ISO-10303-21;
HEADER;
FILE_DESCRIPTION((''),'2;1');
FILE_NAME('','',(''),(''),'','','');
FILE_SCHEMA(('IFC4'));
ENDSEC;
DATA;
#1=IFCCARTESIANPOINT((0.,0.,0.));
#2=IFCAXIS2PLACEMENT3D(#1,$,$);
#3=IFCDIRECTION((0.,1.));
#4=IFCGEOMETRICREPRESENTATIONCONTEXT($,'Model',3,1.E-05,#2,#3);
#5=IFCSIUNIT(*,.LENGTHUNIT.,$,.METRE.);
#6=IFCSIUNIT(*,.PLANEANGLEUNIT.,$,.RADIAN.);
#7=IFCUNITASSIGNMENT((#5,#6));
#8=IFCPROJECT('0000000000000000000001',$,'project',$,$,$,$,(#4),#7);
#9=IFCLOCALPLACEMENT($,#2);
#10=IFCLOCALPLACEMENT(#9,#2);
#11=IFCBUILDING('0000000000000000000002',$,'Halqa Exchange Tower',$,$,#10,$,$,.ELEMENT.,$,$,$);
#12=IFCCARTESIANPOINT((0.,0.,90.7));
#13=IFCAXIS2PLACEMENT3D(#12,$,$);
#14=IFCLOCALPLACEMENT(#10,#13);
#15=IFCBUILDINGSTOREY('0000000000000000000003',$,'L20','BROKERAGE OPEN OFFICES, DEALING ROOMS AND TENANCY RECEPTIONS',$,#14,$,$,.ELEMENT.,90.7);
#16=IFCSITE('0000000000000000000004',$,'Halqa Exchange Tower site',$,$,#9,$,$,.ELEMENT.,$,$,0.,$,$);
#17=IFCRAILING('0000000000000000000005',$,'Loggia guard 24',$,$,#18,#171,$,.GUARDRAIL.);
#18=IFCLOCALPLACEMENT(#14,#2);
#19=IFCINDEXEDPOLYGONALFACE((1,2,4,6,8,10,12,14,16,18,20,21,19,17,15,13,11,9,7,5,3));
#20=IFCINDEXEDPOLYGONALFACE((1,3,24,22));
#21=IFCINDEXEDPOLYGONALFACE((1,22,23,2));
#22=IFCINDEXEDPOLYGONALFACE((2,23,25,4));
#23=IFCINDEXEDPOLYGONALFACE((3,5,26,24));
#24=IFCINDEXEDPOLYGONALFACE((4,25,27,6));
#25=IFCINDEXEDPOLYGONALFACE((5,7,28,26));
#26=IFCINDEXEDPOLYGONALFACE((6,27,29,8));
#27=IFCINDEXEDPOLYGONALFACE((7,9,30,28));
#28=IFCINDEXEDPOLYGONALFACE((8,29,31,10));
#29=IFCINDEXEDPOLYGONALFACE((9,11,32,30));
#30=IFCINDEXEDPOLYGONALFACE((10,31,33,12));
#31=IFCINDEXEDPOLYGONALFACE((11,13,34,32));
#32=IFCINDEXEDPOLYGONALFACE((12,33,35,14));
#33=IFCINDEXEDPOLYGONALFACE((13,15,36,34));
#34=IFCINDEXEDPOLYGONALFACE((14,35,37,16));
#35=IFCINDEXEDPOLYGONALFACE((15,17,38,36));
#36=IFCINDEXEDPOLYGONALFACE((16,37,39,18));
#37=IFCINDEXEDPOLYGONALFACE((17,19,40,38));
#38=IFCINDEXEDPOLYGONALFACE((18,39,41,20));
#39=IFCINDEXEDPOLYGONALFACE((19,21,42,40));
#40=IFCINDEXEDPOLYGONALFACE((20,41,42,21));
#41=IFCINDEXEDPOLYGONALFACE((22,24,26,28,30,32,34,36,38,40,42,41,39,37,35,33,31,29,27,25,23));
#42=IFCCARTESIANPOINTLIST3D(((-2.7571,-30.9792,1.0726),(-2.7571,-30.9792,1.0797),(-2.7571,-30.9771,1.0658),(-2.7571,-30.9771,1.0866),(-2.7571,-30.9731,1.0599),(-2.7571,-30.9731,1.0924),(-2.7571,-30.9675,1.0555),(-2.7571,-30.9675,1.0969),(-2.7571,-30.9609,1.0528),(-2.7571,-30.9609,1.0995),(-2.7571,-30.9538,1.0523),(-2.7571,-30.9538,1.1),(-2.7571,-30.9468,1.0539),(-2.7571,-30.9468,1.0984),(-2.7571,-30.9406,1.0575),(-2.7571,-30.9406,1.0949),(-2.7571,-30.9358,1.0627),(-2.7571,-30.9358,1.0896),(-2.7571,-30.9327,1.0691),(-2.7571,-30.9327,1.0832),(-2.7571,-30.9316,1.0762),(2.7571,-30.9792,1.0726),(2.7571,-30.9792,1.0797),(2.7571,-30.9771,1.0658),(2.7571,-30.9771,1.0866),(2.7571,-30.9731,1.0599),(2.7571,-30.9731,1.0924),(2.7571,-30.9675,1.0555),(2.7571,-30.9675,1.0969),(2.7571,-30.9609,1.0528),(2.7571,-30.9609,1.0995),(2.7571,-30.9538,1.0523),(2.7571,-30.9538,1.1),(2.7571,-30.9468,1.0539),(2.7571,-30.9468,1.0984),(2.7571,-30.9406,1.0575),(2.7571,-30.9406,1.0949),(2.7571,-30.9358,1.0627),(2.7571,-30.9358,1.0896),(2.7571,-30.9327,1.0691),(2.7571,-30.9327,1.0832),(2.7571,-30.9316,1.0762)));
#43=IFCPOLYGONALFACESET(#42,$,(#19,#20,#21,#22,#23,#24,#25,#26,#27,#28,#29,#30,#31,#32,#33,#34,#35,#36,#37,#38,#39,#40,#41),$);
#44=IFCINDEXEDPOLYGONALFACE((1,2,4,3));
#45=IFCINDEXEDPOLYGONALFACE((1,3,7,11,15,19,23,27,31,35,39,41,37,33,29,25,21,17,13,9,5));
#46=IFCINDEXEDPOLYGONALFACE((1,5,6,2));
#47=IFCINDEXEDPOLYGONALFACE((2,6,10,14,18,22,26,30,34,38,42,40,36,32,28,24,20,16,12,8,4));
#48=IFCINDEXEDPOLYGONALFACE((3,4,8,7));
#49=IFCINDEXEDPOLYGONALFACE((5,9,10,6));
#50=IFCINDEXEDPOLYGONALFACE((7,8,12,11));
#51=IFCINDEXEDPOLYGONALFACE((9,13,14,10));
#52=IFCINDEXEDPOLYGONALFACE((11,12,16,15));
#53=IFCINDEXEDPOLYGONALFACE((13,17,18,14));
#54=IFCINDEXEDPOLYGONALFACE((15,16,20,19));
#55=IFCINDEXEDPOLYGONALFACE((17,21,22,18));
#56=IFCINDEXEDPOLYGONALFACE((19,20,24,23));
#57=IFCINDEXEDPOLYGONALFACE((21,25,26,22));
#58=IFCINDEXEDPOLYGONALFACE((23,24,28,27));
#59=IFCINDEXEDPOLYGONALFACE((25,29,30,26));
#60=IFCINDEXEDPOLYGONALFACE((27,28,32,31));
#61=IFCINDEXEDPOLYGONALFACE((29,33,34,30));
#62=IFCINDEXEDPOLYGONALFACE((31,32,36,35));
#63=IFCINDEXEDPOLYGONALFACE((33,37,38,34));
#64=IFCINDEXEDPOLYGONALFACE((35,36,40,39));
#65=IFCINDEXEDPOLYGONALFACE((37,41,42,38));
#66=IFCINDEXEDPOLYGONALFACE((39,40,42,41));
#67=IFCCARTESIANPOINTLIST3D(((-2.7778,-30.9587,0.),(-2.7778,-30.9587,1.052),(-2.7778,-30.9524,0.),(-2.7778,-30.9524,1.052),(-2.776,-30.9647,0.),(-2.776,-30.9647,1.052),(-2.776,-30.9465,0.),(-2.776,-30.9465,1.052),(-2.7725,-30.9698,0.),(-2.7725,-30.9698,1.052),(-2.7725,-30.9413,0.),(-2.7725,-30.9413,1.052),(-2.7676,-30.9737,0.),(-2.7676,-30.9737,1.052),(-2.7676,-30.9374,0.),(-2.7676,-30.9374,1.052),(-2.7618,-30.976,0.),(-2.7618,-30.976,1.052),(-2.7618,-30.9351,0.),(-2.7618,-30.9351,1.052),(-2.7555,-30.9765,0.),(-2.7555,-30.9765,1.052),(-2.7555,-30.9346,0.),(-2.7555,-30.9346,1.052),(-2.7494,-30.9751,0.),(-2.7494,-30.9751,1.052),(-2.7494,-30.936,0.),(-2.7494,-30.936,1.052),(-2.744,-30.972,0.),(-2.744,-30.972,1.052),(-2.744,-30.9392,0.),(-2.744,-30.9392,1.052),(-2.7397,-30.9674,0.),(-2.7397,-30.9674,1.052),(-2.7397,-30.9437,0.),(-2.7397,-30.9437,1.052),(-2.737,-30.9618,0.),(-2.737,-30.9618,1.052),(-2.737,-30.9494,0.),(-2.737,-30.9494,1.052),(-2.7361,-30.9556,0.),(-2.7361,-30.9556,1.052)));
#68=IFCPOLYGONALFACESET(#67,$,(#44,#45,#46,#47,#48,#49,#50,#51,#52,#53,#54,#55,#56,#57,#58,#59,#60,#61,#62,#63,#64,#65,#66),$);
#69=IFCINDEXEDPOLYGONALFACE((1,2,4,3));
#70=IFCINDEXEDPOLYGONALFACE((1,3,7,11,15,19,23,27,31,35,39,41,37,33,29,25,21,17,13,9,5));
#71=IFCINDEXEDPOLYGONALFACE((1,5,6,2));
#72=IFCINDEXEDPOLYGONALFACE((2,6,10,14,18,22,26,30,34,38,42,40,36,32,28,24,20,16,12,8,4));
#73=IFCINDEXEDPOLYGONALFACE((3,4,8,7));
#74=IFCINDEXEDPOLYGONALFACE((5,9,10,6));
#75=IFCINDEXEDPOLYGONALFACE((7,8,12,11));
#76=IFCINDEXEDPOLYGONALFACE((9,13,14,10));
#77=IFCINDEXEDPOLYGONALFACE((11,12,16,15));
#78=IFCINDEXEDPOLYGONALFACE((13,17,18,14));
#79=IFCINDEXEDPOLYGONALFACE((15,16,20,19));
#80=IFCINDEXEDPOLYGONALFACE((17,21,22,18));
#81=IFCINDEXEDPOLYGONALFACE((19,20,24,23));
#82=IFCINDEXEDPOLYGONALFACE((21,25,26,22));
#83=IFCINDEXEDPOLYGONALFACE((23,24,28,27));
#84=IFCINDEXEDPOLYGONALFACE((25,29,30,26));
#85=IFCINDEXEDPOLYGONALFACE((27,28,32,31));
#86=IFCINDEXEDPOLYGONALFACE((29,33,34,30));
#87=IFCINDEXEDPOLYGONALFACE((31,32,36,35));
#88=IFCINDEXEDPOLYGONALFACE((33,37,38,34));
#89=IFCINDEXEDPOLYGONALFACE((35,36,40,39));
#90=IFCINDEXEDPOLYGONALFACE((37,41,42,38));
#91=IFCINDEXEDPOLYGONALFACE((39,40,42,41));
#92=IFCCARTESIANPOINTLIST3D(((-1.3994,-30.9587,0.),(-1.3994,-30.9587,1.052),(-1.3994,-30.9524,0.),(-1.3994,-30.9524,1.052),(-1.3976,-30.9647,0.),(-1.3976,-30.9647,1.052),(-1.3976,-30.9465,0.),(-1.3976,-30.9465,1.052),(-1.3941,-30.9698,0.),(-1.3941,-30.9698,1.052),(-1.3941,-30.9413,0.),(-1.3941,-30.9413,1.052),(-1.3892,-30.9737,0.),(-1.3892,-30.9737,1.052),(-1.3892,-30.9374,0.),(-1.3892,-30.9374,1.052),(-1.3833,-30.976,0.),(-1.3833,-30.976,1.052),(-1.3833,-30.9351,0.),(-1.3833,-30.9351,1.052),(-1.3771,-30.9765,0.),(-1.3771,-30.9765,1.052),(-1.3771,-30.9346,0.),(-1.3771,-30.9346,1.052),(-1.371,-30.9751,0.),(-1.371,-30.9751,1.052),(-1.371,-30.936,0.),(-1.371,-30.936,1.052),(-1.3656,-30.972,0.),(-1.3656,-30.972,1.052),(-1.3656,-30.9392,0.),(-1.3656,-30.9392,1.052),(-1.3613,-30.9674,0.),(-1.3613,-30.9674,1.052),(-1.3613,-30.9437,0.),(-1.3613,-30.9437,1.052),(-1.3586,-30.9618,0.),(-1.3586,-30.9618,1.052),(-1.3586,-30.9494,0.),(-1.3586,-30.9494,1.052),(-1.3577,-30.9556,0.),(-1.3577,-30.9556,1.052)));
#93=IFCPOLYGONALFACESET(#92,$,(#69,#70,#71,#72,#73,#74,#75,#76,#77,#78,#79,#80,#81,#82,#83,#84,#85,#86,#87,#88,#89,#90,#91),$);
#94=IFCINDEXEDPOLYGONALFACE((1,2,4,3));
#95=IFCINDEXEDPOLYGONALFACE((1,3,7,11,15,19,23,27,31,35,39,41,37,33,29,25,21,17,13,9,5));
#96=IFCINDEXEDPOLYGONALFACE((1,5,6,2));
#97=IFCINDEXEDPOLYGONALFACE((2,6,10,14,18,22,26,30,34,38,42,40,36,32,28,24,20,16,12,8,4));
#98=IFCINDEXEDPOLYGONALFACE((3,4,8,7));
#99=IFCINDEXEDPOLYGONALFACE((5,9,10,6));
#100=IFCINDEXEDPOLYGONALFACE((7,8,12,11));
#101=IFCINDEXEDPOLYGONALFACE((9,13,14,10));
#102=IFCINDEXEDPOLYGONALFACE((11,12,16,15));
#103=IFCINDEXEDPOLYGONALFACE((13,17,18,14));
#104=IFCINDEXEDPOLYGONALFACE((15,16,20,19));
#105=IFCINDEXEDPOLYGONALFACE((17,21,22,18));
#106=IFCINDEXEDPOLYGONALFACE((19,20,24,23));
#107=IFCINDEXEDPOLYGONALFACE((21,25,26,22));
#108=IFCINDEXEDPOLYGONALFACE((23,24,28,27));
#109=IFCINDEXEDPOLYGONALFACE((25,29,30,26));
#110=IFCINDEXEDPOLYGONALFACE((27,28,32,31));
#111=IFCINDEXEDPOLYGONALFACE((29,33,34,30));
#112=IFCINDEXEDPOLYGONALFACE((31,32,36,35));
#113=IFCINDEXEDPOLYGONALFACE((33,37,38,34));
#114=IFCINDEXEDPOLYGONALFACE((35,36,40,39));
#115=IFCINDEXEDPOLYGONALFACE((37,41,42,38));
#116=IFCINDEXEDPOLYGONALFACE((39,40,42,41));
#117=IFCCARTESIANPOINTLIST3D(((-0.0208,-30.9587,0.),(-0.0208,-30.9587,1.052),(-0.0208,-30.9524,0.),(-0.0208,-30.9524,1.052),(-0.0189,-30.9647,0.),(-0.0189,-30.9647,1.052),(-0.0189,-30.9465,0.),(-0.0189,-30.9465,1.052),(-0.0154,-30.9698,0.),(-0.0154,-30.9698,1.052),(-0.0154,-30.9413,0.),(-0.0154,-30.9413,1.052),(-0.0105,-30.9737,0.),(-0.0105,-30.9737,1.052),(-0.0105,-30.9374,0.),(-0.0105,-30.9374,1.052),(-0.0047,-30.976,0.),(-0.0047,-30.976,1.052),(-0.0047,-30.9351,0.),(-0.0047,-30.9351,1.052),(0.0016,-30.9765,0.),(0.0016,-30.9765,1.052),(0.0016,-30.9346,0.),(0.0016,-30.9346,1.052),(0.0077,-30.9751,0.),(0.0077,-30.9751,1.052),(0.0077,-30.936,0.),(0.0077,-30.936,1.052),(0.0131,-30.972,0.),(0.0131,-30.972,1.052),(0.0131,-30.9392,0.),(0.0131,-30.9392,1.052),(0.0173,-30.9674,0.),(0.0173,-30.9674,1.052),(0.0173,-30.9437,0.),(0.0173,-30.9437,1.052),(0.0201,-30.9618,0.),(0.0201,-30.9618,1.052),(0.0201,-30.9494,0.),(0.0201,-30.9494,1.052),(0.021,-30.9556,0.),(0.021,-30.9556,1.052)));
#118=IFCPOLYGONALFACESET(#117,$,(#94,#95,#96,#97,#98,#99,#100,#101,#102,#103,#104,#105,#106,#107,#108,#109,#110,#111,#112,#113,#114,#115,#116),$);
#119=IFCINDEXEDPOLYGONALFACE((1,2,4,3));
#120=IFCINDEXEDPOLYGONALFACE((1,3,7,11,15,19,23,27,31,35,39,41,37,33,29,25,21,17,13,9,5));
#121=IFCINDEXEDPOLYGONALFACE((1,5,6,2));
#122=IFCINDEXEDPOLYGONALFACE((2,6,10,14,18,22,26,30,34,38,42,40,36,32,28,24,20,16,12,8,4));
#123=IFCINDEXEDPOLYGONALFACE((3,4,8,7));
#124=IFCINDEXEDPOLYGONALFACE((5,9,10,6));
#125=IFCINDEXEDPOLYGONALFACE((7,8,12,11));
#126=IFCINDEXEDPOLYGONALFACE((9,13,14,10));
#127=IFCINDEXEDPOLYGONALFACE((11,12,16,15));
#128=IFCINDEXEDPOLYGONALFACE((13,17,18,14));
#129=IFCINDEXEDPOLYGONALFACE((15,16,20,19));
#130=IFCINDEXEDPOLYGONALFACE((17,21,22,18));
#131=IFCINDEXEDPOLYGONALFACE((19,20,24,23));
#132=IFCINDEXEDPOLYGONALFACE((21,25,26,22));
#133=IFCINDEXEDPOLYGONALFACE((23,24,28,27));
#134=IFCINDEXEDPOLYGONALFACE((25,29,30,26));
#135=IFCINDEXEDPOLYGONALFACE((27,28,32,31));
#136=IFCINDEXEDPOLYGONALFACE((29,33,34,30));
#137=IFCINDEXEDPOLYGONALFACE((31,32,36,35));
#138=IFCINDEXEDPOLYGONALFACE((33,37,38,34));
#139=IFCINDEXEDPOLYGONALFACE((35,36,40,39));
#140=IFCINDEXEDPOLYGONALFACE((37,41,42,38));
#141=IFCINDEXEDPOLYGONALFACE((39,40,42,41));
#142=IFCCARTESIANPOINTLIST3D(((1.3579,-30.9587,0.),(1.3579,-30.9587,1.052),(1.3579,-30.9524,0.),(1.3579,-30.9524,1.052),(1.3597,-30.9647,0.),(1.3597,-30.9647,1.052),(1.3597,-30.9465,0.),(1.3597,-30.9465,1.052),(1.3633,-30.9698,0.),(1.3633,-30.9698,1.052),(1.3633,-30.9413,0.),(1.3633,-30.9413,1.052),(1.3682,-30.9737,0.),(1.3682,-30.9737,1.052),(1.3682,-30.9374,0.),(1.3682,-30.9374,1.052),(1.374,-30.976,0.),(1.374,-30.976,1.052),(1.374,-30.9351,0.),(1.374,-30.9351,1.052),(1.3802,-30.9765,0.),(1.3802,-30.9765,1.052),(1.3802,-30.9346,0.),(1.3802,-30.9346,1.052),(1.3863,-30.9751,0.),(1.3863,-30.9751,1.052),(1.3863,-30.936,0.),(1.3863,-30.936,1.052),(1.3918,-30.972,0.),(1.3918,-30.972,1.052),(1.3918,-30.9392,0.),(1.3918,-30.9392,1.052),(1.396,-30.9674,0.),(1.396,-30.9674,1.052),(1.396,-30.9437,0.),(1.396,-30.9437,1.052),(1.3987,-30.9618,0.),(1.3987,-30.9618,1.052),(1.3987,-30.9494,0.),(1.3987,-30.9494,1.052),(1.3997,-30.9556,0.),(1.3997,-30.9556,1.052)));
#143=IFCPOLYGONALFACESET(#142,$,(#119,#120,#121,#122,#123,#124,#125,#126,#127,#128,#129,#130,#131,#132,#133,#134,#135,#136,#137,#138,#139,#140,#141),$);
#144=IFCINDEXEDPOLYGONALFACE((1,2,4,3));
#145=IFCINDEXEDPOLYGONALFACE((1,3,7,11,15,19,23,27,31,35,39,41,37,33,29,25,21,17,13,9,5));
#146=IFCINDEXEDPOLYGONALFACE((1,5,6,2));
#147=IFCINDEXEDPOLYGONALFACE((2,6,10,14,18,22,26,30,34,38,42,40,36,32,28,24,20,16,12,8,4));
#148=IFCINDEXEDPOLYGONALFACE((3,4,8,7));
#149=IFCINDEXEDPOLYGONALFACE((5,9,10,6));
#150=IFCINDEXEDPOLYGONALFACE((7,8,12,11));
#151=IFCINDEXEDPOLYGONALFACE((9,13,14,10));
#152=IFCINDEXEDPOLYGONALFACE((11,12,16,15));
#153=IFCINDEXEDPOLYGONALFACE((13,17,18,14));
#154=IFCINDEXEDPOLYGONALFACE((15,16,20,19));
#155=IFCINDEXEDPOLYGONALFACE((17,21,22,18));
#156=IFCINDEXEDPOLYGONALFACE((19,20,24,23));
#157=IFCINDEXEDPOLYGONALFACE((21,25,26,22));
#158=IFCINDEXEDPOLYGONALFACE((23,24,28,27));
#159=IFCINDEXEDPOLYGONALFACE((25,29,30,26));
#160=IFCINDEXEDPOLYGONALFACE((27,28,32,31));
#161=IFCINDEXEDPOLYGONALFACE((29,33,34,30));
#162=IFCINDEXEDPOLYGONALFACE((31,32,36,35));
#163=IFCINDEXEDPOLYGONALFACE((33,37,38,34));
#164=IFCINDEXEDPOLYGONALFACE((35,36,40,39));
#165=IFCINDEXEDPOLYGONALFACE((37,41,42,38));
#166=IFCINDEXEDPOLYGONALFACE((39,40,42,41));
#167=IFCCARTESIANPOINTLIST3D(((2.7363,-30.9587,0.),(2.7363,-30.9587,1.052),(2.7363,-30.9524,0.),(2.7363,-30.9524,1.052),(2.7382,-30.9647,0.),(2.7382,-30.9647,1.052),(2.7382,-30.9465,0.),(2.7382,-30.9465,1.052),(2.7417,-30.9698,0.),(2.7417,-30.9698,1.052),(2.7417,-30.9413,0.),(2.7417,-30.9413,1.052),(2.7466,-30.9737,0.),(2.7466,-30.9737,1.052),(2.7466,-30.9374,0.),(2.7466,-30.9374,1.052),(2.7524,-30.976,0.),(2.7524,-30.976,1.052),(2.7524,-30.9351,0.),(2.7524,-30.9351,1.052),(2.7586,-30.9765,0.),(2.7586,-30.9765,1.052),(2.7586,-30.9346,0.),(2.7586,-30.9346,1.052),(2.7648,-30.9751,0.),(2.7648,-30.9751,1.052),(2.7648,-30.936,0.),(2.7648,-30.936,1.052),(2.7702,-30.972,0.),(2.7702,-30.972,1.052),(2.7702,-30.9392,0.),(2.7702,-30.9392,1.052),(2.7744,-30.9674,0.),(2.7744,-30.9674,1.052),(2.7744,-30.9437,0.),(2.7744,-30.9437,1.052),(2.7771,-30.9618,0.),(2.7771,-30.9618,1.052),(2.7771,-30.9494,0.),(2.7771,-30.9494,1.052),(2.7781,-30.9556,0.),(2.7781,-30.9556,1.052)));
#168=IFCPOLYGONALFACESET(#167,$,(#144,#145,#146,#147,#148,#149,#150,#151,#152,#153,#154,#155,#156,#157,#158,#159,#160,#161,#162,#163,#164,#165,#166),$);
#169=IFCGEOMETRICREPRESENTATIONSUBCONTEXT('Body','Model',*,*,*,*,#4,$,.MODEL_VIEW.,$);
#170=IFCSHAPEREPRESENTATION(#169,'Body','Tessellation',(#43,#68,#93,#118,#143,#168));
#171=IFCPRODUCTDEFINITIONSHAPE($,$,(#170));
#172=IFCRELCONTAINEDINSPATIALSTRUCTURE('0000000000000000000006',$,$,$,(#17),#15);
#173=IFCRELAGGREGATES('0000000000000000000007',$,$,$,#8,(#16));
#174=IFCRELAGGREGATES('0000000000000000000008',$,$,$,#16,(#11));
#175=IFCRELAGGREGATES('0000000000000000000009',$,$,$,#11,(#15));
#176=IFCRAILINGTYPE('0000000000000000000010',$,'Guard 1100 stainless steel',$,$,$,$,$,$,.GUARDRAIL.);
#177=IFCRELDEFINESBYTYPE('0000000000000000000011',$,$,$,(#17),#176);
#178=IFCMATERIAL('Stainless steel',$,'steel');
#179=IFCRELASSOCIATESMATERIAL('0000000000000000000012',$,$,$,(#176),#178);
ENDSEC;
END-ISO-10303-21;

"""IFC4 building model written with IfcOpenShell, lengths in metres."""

from ifc_helpers import new_model, si_unit, direction, frame, origin, origin_2d, place, context, subcontext, project, spatial, circle, extrude, material, type_object, element, save


model = new_model("IFC4")

# Units and contexts
model_context = context("Model", 3, precision=1e-05, world=origin(), true_north=direction((0.0, 1.0)))
body_context = subcontext(model_context, "Body", "Model", "MODEL_VIEW")
ifc_project = project(units=[si_unit("LENGTHUNIT", "METRE"), si_unit("PLANEANGLEUNIT", "RADIAN")], contexts=[model_context])

# Site, building, storey
site_placement = place(None, origin())
site = spatial("IfcSite", under=ifc_project, at=site_placement, Name="Halqa Exchange Tower site", CompositionType="ELEMENT", RefElevation=0.0)
building_placement = place(site_placement, origin())
building = spatial("IfcBuilding", under=site, at=building_placement, Name="Halqa Exchange Tower", CompositionType="ELEMENT")
storey_placement = place(building_placement, frame((0.0, 0.0, 90.7)))
storey = spatial("IfcBuildingStorey", under=building, at=storey_placement, Name="L20", Description="BROKERAGE OPEN OFFICES, DEALING ROOMS AND TENANCY RECEPTIONS", CompositionType="ELEMENT", Elevation=90.7)

# Railing
ifc_material_1 = material(Name="Stainless steel", Category="steel")
railing_type = type_object("IfcRailingType", Name="Guard 1100 stainless steel", PredefinedType="GUARDRAIL", material=ifc_material_1)
railing_1_placement = place(storey_placement, frame((-2.7571, -30.9556, 0.0)))
element("IfcRailing", 1, at=railing_1_placement, inside=storey, type_object=railing_type, Name="Loggia guard 24", PredefinedType="GUARDRAIL", context=body_context, shape_type="SweptSolid", body=[
    extrude(circle(Radius=0.0239, at=origin_2d()), frame((0.0, 0.0, 1.0762), z_axis=(1.0, 0.0, 0.0), x_axis=(0.0, 1.0, 0.0)), (0.0, 0.0, 1.0), 5.5142),
    extrude(circle(Radius=0.021, at=origin_2d()), origin(), (0.0, 0.0, 1.0), 1.052),
    extrude(circle(Radius=0.021, at=origin_2d()), frame((1.3784, 0.0, 0.0)), (0.0, 0.0, 1.0), 1.052),
    extrude(circle(Radius=0.021, at=origin_2d()), frame((2.7571, 0.0, 0.0)), (0.0, 0.0, 1.0), 1.052),
    extrude(circle(Radius=0.021, at=origin_2d()), frame((4.1357, 0.0, 0.0)), (0.0, 0.0, 1.0), 1.052),
    extrude(circle(Radius=0.021, at=origin_2d()), frame((5.5142, 0.0, 0.0)), (0.0, 0.0, 1.0), 1.052),
])

save(model, "model.ifc")
